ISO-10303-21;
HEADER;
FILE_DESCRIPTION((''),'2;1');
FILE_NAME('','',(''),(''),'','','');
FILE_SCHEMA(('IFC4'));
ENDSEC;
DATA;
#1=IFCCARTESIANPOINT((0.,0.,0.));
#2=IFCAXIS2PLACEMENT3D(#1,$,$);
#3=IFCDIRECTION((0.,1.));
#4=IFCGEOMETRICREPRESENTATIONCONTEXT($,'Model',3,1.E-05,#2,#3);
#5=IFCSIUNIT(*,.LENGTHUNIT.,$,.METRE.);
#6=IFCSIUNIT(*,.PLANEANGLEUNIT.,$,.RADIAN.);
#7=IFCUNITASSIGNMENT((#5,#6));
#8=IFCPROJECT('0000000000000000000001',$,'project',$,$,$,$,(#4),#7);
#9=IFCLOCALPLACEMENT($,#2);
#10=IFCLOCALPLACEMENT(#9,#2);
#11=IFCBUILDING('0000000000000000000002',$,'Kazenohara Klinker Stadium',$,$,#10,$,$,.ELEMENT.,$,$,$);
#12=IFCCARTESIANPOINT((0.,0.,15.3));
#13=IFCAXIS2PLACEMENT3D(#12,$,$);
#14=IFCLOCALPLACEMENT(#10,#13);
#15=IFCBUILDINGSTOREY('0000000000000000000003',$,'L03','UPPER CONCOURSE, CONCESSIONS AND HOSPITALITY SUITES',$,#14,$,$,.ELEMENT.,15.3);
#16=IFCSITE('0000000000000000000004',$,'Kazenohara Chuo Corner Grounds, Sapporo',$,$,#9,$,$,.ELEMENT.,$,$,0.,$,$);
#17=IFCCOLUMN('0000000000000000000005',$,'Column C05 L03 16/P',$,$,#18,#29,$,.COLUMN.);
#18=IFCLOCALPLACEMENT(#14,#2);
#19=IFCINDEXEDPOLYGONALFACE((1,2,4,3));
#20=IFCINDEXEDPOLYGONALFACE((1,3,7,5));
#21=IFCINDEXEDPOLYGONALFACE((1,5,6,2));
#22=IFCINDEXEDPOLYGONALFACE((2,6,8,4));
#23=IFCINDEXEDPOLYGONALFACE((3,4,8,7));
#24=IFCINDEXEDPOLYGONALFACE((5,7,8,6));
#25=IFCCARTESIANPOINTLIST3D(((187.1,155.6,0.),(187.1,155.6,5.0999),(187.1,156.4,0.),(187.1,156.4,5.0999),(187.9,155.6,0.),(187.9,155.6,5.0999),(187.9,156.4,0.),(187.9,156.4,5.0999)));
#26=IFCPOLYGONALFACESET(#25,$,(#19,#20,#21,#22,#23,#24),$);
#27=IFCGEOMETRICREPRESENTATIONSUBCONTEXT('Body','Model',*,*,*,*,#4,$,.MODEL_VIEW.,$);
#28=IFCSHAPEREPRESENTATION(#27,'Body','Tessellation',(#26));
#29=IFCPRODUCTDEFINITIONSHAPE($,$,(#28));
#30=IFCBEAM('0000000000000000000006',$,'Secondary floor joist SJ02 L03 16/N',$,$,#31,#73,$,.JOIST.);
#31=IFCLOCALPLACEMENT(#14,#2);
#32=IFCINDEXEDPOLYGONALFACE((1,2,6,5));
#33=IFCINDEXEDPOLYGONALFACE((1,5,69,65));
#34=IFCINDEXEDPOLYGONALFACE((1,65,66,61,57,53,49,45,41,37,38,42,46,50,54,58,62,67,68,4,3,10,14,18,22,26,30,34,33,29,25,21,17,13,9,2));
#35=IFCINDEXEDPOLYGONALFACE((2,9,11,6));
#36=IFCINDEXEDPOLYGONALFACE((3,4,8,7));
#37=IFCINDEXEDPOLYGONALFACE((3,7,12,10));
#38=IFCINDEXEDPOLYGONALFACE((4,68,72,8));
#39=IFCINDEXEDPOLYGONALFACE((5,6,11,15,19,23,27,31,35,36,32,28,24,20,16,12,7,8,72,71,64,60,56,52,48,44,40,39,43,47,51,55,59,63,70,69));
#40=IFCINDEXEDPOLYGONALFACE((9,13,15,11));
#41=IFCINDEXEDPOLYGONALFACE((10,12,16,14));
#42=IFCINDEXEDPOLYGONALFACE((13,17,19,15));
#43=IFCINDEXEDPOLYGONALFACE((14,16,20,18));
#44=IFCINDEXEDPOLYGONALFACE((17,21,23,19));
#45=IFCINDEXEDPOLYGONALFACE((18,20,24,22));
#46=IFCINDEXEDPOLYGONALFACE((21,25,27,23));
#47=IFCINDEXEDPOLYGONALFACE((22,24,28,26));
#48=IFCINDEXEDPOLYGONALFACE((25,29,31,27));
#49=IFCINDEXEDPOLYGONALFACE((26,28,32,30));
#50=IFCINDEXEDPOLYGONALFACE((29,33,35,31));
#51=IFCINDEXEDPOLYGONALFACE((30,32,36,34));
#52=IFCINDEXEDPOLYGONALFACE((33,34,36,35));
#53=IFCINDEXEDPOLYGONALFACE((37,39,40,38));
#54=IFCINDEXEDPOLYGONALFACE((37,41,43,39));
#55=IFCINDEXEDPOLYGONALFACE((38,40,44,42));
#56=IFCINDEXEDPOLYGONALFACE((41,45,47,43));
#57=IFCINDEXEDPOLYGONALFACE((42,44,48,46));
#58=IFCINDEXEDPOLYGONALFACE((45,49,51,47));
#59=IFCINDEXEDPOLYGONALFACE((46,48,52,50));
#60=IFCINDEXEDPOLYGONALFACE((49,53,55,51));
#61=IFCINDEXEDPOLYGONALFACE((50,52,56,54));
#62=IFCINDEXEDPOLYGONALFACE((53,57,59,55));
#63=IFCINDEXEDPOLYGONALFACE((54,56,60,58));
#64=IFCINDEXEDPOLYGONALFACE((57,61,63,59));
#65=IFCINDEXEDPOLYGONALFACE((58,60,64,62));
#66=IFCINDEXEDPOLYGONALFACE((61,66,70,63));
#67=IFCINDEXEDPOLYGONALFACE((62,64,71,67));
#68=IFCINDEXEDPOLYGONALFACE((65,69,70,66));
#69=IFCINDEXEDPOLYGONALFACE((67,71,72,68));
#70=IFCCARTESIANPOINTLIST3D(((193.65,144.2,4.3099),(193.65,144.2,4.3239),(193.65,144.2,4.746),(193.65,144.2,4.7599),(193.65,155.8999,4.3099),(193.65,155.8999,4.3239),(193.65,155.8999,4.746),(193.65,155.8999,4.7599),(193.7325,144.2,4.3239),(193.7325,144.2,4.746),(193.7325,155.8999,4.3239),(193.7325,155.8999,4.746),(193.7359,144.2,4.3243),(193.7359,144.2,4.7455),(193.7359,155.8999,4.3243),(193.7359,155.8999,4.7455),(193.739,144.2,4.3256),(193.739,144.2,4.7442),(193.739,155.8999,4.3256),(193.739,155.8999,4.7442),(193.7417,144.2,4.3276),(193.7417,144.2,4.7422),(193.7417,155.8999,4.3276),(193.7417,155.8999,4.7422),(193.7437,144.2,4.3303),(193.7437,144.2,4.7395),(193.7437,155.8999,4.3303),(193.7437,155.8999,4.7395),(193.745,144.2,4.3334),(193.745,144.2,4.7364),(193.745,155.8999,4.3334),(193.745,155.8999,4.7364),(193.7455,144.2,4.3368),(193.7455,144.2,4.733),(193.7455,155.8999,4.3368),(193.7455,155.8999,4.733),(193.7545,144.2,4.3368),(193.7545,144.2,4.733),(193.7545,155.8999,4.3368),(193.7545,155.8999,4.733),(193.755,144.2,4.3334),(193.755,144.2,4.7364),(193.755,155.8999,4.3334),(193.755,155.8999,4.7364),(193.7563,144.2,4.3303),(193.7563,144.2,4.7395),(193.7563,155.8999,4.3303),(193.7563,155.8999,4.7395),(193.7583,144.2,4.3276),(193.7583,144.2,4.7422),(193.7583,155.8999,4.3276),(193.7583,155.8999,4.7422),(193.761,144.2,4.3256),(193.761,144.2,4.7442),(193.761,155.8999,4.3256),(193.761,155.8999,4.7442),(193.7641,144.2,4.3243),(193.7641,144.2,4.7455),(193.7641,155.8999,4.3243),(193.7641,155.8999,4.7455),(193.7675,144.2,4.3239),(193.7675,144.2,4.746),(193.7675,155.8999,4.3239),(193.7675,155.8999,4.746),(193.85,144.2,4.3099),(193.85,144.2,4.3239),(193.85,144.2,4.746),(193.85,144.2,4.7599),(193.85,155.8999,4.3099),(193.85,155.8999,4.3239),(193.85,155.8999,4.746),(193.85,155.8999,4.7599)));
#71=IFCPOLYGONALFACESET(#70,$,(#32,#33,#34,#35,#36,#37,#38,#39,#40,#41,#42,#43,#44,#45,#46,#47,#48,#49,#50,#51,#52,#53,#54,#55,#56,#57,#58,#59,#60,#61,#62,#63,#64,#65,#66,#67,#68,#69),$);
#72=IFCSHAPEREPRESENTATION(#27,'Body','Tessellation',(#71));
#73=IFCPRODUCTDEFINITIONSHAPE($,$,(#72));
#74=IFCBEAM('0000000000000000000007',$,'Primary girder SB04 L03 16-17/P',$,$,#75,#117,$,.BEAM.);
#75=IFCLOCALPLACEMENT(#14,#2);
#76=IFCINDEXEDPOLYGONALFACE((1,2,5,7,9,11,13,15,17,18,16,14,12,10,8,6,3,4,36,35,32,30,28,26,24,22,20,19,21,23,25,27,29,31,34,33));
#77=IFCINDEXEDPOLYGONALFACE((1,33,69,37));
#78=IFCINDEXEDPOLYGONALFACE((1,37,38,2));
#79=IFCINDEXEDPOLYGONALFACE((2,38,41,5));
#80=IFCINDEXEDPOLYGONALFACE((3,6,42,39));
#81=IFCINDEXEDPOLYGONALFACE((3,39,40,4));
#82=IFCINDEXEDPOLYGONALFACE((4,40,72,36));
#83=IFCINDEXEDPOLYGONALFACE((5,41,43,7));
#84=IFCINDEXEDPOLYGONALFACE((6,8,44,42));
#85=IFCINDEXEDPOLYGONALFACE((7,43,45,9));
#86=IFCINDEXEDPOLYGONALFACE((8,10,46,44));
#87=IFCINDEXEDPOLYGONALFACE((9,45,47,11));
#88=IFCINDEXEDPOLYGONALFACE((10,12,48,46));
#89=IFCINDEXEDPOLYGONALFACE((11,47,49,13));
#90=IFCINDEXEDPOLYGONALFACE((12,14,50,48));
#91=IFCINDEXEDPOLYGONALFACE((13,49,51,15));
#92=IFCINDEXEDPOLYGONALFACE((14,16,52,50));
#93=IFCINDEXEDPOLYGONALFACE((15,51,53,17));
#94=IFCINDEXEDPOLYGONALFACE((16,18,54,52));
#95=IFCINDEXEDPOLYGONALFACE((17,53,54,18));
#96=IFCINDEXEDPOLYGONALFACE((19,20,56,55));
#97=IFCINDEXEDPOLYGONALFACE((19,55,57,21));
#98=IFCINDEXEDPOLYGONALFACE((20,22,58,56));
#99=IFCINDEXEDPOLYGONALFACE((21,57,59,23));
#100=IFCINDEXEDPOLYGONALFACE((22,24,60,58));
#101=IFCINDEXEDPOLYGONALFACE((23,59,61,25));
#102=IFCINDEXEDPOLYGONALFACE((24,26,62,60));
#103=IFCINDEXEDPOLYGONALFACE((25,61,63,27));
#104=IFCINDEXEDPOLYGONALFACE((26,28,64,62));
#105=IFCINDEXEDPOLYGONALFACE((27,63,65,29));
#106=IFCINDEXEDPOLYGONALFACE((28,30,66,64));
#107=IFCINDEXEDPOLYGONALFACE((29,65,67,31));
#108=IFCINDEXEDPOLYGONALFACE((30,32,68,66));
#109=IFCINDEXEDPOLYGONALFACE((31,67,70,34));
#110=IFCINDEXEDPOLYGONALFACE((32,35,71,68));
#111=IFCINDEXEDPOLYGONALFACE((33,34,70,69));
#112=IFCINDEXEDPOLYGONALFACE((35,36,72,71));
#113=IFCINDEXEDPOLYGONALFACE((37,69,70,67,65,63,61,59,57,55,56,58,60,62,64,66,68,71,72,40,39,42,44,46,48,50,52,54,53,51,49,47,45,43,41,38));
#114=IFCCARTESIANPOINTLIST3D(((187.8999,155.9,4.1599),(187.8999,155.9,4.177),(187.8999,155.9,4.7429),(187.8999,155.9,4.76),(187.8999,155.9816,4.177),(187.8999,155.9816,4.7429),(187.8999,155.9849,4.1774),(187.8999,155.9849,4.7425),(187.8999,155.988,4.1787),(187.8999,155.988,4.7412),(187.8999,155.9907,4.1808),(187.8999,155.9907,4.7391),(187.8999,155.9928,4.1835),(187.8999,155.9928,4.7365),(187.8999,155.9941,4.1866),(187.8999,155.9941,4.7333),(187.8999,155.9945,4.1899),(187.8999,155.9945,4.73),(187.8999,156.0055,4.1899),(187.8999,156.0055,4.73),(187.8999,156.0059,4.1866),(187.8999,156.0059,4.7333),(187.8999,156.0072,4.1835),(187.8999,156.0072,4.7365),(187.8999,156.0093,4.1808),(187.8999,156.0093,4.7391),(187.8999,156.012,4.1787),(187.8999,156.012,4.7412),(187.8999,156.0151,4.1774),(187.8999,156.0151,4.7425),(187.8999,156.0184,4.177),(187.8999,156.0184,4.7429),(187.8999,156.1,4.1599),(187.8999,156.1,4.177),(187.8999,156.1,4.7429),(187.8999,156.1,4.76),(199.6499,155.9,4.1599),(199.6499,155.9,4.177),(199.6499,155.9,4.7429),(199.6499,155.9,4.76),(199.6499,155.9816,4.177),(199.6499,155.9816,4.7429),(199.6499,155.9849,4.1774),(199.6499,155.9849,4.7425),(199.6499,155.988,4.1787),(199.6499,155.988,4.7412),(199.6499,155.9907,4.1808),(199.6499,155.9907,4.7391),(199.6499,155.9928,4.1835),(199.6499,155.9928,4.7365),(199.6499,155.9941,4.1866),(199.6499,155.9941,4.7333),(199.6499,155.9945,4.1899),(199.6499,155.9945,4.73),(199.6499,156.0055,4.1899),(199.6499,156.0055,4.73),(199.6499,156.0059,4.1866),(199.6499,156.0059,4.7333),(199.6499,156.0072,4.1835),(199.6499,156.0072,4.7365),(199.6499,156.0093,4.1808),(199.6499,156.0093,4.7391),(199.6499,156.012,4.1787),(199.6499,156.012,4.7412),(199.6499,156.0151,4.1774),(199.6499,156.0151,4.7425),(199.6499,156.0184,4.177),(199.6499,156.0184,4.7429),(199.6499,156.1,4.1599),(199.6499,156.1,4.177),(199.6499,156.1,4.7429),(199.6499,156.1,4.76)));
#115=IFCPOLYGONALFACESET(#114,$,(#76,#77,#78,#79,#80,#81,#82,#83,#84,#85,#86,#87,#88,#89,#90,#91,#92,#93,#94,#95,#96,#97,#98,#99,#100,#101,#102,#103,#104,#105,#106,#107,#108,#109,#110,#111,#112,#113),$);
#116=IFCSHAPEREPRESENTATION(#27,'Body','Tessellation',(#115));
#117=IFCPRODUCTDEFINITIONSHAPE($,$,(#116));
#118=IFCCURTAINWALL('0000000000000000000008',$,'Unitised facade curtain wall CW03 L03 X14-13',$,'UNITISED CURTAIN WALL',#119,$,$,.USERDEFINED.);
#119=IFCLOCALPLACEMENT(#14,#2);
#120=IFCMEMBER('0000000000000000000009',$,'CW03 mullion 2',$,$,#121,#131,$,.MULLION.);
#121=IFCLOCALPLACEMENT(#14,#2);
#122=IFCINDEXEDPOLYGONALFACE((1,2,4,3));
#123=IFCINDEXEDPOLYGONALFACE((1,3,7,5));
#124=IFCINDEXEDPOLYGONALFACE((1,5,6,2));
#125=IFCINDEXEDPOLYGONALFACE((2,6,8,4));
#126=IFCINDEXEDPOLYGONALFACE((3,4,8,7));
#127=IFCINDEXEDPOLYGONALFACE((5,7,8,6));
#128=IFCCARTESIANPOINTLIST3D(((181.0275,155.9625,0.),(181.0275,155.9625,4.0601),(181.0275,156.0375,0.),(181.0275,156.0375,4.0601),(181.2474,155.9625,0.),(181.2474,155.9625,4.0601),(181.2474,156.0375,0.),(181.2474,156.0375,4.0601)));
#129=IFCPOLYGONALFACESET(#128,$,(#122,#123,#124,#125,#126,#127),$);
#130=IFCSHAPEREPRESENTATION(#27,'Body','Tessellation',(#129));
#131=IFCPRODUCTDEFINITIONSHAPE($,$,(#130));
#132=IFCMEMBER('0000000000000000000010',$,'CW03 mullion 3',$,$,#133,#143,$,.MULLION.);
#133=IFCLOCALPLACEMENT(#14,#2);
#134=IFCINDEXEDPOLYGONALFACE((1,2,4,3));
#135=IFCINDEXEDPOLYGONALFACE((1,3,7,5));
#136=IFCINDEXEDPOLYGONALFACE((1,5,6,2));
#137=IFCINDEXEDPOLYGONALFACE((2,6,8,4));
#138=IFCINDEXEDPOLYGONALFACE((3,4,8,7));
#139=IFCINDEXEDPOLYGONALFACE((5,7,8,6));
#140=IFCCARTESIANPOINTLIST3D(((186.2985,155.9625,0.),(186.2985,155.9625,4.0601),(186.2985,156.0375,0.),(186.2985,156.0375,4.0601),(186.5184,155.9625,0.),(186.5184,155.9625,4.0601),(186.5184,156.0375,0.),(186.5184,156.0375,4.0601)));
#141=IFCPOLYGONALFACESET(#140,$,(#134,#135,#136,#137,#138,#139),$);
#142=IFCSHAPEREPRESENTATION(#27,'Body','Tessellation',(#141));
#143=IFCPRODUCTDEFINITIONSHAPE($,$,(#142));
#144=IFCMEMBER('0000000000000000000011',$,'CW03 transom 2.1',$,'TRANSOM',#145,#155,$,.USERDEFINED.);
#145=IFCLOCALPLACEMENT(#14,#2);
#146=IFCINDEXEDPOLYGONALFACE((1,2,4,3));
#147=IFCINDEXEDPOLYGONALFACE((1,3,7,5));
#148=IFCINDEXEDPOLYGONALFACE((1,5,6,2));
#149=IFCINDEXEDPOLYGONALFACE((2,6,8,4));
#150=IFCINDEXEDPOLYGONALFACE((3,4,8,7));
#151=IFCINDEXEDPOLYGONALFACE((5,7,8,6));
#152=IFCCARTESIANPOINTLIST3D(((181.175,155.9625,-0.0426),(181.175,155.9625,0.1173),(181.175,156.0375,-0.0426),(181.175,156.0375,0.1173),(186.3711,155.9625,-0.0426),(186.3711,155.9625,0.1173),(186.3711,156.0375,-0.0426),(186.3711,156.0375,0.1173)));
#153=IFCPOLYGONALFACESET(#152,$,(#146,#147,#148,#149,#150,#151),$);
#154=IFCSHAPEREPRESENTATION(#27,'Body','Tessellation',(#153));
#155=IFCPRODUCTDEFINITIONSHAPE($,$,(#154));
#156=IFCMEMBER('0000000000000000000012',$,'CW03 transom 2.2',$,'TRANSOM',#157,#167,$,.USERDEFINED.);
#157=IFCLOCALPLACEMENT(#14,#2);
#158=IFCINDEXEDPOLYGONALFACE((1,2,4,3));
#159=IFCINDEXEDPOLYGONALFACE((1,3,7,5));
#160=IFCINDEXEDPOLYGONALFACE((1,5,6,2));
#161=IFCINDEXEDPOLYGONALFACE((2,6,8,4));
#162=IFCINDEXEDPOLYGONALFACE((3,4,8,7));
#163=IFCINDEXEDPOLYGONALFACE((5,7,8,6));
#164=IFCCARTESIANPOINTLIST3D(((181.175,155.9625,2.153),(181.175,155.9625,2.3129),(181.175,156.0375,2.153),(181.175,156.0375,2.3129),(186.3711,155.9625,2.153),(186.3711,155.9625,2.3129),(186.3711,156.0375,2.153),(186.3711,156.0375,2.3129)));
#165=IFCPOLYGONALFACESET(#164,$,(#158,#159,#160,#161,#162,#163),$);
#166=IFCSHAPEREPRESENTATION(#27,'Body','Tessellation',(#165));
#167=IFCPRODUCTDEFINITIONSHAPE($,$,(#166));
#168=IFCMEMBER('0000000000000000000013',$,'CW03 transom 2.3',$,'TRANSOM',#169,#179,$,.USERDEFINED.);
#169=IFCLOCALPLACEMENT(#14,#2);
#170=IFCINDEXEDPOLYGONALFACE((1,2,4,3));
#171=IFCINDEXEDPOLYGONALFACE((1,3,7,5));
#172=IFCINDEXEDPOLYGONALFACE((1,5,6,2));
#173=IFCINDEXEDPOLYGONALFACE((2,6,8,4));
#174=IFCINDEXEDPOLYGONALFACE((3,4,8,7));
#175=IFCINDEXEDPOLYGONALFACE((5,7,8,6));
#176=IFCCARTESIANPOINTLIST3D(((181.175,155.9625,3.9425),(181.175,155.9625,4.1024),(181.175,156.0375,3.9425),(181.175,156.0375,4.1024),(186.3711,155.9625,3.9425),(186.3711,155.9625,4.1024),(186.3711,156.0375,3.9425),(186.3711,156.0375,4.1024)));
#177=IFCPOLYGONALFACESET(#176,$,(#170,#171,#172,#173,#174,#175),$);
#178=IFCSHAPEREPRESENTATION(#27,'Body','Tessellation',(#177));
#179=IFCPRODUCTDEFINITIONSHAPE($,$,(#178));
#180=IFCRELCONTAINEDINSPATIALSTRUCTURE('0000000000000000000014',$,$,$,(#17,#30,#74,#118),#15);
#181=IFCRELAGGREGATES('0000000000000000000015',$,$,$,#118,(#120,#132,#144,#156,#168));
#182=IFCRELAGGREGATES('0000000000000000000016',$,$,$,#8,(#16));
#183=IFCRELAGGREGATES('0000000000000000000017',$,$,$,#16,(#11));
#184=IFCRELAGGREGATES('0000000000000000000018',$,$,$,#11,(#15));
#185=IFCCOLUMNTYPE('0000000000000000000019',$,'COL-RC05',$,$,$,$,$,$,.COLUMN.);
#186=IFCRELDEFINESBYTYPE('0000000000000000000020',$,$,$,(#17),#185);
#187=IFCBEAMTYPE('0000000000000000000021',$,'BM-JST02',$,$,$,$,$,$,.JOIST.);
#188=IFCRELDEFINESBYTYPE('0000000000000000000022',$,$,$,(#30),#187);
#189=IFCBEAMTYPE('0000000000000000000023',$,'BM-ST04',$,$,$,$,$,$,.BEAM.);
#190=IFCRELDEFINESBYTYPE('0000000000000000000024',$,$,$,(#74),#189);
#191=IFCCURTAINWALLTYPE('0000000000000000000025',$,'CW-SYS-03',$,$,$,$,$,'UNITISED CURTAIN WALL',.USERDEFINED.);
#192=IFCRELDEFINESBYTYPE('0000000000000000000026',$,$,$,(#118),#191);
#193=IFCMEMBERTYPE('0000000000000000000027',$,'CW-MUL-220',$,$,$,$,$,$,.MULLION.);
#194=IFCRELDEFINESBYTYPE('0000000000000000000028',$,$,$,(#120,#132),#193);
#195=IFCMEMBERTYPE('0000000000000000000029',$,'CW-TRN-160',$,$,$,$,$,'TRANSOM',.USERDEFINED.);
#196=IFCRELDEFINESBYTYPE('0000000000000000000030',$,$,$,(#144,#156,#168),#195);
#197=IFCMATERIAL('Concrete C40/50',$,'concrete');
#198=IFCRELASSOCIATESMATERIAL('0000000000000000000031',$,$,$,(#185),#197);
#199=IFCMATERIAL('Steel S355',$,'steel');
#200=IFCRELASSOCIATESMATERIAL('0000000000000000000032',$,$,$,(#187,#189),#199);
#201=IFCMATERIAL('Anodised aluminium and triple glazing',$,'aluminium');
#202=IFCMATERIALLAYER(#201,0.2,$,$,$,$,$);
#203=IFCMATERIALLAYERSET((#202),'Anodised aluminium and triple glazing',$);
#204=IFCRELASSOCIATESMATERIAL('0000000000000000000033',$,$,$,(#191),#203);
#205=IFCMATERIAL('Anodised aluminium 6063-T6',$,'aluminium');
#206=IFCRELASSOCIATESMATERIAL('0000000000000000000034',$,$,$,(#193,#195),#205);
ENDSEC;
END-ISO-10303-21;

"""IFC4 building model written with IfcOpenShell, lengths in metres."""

from ifc_helpers import new_model, si_unit, direction, frame, origin, origin_2d, place, context, subcontext, project, spatial, rectangle, i_section, extrude, material, layer, layer_set, material_profile, profile_set, type_object, element, aggregate, save


model = new_model("IFC4")

# Units and contexts
model_context = context("Model", 3, precision=1e-05, world=origin(), true_north=direction((0.0, 1.0)))
body_context = subcontext(model_context, "Body", "Model", "MODEL_VIEW")
ifc_project = project(units=[si_unit("LENGTHUNIT", "METRE"), si_unit("PLANEANGLEUNIT", "RADIAN")], contexts=[model_context])

# Site, building, storey
site_placement = place(None, origin())
site = spatial("IfcSite", under=ifc_project, at=site_placement, Name="Kazenohara Chuo Corner Grounds, Sapporo", CompositionType="ELEMENT", RefElevation=0.0)
building_placement = place(site_placement, origin())
building = spatial("IfcBuilding", under=site, at=building_placement, Name="Kazenohara Klinker Stadium", CompositionType="ELEMENT")
storey_placement = place(building_placement, frame((0.0, 0.0, 15.3)))
storey = spatial("IfcBuildingStorey", under=building, at=storey_placement, Name="L03", Description="UPPER CONCOURSE, CONCESSIONS AND HOSPITALITY SUITES", CompositionType="ELEMENT", Elevation=15.3)

# Column
ifc_material_1 = material(Name="Concrete C40/50", Category="concrete")
ifc_material_profile_1 = material_profile(ifc_material_1, rectangle(XDim=0.8, YDim=0.8, at=origin_2d()), Name="RC-COL-800x800")
ifc_profile_set_1 = profile_set([ifc_material_profile_1], Name="Concrete C40/50")
column_type = type_object("IfcColumnType", Name="COL-RC05", PredefinedType="COLUMN", material=ifc_profile_set_1)
column_placement = place(storey_placement, frame((187.5, 156.0, 0.0), z_axis=(0.0, 0.0, 1.0), x_axis=(1.0, 0.0, 0.0)))
element("IfcColumn", 1, at=column_placement, inside=storey, type_object=column_type, Name="Column C05 L03 16/P", PredefinedType="COLUMN", context=body_context, shape_type="SweptSolid", body=[
    extrude(rectangle(XDim=0.8, YDim=0.8, at=origin_2d()), origin(), (0.0, 0.0, 1.0), 5.0999),
])

# Beams
ifc_material_2 = material(Name="Steel S355", Category="steel")
ifc_material_profile_2 = material_profile(ifc_material_2, i_section(OverallWidth=0.2, OverallDepth=0.45, WebThickness=0.009, FlangeThickness=0.0139, FilletRadius=0.0129, at=origin_2d()), Name="H-450x200x9x14")
ifc_profile_set_2 = profile_set([ifc_material_profile_2], Name="Steel S355")
beam_type_1 = type_object("IfcBeamType", Name="BM-JST02", PredefinedType="JOIST", material=ifc_profile_set_2)
beam_1_placement = place(storey_placement, frame((193.75, 144.2, 4.5349), z_axis=(0.0, 1.0, 0.0), x_axis=(-1.0, 0.0, 0.0)))
element("IfcBeam", 2, at=beam_1_placement, inside=storey, type_object=beam_type_1, Name="Secondary floor joist SJ02 L03 16/N", PredefinedType="JOIST", context=body_context, shape_type="SweptSolid", body=[
    extrude(i_section(OverallWidth=0.2, OverallDepth=0.45, WebThickness=0.009, FlangeThickness=0.0139, FilletRadius=0.0129, at=origin_2d()), origin(), (0.0, 0.0, 1.0), 11.7),
])
ifc_material_profile_3 = material_profile(ifc_material_2, i_section(OverallWidth=0.2, OverallDepth=0.6001, WebThickness=0.011, FlangeThickness=0.0171, FilletRadius=0.0129, at=origin_2d()), Name="H-600x200x11x17")
ifc_profile_set_3 = profile_set([ifc_material_profile_3], Name="Steel S355")
beam_type_2 = type_object("IfcBeamType", Name="BM-ST04", PredefinedType="BEAM", material=ifc_profile_set_3)
beam_2_placement = place(storey_placement, frame((187.8999, 156.0, 4.46), z_axis=(1.0, 0.0, 0.0), x_axis=(0.0, 1.0, 0.0)))
element("IfcBeam", 3, at=beam_2_placement, inside=storey, type_object=beam_type_2, Name="Primary girder SB04 L03 16-17/P", PredefinedType="BEAM", context=body_context, shape_type="SweptSolid", body=[
    extrude(i_section(OverallWidth=0.2, OverallDepth=0.6001, WebThickness=0.011, FlangeThickness=0.0171, FilletRadius=0.0129, at=origin_2d()), origin(), (0.0, 0.0, 1.0), 11.75),
])

# Curtain wall, members
ifc_material_3 = material(Name="Anodised aluminium and triple glazing", Category="aluminium")
ifc_layer_1 = layer(ifc_material_3, 0.2)
ifc_layer_set_1 = layer_set([ifc_layer_1], Name="Anodised aluminium and triple glazing")
curtain_wall_type = type_object("IfcCurtainWallType", Name="CW-SYS-03", ElementType="UNITISED CURTAIN WALL", PredefinedType="USERDEFINED", material=ifc_layer_set_1)
curtain_wall_placement = place(storey_placement, origin())
curtain_wall = element("IfcCurtainWall", 4, at=curtain_wall_placement, inside=storey, type_object=curtain_wall_type, Name="Unitised facade curtain wall CW03 L03 X14-13", ObjectType="UNITISED CURTAIN WALL", PredefinedType="USERDEFINED")
ifc_material_4 = material(Name="Anodised aluminium 6063-T6", Category="aluminium")
ifc_material_profile_4 = material_profile(ifc_material_4, rectangle(XDim=0.075, YDim=0.22, at=origin_2d()), Name="ALU-MUL-75x220")
ifc_profile_set_4 = profile_set([ifc_material_profile_4], Name="Anodised aluminium 6063-T6")
member_type_1 = type_object("IfcMemberType", Name="CW-MUL-220", PredefinedType="MULLION", material=ifc_profile_set_4)
member_1_placement = place(storey_placement, frame((181.1375, 156.0, 0.0), z_axis=(0.0, 0.0, 1.0), x_axis=(0.0, 1.0, 0.0)))
member_1 = element("IfcMember", 5, at=member_1_placement, type_object=member_type_1, Name="CW03 mullion 2", PredefinedType="MULLION", context=body_context, shape_type="SweptSolid", body=[
    extrude(rectangle(XDim=0.075, YDim=0.22, at=origin_2d()), origin(), (0.0, 0.0, 1.0), 4.0601),
])
member_2_placement = place(storey_placement, frame((186.4084, 156.0, 0.0), z_axis=(0.0, 0.0, 1.0), x_axis=(0.0, 1.0, 0.0)))
member_2 = element("IfcMember", 6, at=member_2_placement, type_object=member_type_1, Name="CW03 mullion 3", PredefinedType="MULLION", context=body_context, shape_type="SweptSolid", body=[
    extrude(rectangle(XDim=0.075, YDim=0.22, at=origin_2d()), origin(), (0.0, 0.0, 1.0), 4.0601),
])
ifc_material_profile_5 = material_profile(ifc_material_4, rectangle(XDim=0.075, YDim=0.1599, at=origin_2d()), Name="ALU-TRN-75x160")
ifc_profile_set_5 = profile_set([ifc_material_profile_5], Name="Anodised aluminium 6063-T6")
member_type_2 = type_object("IfcMemberType", Name="CW-TRN-160", ElementType="TRANSOM", PredefinedType="USERDEFINED", material=ifc_profile_set_5)
member_3_placement = place(storey_placement, frame((181.175, 156.0, 0.0374), z_axis=(1.0, 0.0, 0.0), x_axis=(0.0, 1.0, 0.0)))
member_3 = element("IfcMember", 7, at=member_3_placement, type_object=member_type_2, Name="CW03 transom 2.1", ObjectType="TRANSOM", PredefinedType="USERDEFINED", context=body_context, shape_type="SweptSolid", body=[
    extrude(rectangle(XDim=0.075, YDim=0.1599, at=origin_2d()), origin(), (0.0, 0.0, 1.0), 5.196),
])
member_4_placement = place(storey_placement, frame((181.175, 156.0, 2.2329), z_axis=(1.0, 0.0, 0.0), x_axis=(0.0, 1.0, 0.0)))
member_4 = element("IfcMember", 8, at=member_4_placement, type_object=member_type_2, Name="CW03 transom 2.2", ObjectType="TRANSOM", PredefinedType="USERDEFINED", context=body_context, shape_type="SweptSolid", body=[
    extrude(rectangle(XDim=0.075, YDim=0.1599, at=origin_2d()), origin(), (0.0, 0.0, 1.0), 5.196),
])
member_5_placement = place(storey_placement, frame((181.175, 156.0, 4.0225), z_axis=(1.0, 0.0, 0.0), x_axis=(0.0, 1.0, 0.0)))
member_5 = element("IfcMember", 9, at=member_5_placement, type_object=member_type_2, Name="CW03 transom 2.3", ObjectType="TRANSOM", PredefinedType="USERDEFINED", context=body_context, shape_type="SweptSolid", body=[
    extrude(rectangle(XDim=0.075, YDim=0.1599, at=origin_2d()), origin(), (0.0, 0.0, 1.0), 5.196),
])
aggregate(curtain_wall, [member_1, member_2, member_3, member_4, member_5])

save(model, "model.ifc")
